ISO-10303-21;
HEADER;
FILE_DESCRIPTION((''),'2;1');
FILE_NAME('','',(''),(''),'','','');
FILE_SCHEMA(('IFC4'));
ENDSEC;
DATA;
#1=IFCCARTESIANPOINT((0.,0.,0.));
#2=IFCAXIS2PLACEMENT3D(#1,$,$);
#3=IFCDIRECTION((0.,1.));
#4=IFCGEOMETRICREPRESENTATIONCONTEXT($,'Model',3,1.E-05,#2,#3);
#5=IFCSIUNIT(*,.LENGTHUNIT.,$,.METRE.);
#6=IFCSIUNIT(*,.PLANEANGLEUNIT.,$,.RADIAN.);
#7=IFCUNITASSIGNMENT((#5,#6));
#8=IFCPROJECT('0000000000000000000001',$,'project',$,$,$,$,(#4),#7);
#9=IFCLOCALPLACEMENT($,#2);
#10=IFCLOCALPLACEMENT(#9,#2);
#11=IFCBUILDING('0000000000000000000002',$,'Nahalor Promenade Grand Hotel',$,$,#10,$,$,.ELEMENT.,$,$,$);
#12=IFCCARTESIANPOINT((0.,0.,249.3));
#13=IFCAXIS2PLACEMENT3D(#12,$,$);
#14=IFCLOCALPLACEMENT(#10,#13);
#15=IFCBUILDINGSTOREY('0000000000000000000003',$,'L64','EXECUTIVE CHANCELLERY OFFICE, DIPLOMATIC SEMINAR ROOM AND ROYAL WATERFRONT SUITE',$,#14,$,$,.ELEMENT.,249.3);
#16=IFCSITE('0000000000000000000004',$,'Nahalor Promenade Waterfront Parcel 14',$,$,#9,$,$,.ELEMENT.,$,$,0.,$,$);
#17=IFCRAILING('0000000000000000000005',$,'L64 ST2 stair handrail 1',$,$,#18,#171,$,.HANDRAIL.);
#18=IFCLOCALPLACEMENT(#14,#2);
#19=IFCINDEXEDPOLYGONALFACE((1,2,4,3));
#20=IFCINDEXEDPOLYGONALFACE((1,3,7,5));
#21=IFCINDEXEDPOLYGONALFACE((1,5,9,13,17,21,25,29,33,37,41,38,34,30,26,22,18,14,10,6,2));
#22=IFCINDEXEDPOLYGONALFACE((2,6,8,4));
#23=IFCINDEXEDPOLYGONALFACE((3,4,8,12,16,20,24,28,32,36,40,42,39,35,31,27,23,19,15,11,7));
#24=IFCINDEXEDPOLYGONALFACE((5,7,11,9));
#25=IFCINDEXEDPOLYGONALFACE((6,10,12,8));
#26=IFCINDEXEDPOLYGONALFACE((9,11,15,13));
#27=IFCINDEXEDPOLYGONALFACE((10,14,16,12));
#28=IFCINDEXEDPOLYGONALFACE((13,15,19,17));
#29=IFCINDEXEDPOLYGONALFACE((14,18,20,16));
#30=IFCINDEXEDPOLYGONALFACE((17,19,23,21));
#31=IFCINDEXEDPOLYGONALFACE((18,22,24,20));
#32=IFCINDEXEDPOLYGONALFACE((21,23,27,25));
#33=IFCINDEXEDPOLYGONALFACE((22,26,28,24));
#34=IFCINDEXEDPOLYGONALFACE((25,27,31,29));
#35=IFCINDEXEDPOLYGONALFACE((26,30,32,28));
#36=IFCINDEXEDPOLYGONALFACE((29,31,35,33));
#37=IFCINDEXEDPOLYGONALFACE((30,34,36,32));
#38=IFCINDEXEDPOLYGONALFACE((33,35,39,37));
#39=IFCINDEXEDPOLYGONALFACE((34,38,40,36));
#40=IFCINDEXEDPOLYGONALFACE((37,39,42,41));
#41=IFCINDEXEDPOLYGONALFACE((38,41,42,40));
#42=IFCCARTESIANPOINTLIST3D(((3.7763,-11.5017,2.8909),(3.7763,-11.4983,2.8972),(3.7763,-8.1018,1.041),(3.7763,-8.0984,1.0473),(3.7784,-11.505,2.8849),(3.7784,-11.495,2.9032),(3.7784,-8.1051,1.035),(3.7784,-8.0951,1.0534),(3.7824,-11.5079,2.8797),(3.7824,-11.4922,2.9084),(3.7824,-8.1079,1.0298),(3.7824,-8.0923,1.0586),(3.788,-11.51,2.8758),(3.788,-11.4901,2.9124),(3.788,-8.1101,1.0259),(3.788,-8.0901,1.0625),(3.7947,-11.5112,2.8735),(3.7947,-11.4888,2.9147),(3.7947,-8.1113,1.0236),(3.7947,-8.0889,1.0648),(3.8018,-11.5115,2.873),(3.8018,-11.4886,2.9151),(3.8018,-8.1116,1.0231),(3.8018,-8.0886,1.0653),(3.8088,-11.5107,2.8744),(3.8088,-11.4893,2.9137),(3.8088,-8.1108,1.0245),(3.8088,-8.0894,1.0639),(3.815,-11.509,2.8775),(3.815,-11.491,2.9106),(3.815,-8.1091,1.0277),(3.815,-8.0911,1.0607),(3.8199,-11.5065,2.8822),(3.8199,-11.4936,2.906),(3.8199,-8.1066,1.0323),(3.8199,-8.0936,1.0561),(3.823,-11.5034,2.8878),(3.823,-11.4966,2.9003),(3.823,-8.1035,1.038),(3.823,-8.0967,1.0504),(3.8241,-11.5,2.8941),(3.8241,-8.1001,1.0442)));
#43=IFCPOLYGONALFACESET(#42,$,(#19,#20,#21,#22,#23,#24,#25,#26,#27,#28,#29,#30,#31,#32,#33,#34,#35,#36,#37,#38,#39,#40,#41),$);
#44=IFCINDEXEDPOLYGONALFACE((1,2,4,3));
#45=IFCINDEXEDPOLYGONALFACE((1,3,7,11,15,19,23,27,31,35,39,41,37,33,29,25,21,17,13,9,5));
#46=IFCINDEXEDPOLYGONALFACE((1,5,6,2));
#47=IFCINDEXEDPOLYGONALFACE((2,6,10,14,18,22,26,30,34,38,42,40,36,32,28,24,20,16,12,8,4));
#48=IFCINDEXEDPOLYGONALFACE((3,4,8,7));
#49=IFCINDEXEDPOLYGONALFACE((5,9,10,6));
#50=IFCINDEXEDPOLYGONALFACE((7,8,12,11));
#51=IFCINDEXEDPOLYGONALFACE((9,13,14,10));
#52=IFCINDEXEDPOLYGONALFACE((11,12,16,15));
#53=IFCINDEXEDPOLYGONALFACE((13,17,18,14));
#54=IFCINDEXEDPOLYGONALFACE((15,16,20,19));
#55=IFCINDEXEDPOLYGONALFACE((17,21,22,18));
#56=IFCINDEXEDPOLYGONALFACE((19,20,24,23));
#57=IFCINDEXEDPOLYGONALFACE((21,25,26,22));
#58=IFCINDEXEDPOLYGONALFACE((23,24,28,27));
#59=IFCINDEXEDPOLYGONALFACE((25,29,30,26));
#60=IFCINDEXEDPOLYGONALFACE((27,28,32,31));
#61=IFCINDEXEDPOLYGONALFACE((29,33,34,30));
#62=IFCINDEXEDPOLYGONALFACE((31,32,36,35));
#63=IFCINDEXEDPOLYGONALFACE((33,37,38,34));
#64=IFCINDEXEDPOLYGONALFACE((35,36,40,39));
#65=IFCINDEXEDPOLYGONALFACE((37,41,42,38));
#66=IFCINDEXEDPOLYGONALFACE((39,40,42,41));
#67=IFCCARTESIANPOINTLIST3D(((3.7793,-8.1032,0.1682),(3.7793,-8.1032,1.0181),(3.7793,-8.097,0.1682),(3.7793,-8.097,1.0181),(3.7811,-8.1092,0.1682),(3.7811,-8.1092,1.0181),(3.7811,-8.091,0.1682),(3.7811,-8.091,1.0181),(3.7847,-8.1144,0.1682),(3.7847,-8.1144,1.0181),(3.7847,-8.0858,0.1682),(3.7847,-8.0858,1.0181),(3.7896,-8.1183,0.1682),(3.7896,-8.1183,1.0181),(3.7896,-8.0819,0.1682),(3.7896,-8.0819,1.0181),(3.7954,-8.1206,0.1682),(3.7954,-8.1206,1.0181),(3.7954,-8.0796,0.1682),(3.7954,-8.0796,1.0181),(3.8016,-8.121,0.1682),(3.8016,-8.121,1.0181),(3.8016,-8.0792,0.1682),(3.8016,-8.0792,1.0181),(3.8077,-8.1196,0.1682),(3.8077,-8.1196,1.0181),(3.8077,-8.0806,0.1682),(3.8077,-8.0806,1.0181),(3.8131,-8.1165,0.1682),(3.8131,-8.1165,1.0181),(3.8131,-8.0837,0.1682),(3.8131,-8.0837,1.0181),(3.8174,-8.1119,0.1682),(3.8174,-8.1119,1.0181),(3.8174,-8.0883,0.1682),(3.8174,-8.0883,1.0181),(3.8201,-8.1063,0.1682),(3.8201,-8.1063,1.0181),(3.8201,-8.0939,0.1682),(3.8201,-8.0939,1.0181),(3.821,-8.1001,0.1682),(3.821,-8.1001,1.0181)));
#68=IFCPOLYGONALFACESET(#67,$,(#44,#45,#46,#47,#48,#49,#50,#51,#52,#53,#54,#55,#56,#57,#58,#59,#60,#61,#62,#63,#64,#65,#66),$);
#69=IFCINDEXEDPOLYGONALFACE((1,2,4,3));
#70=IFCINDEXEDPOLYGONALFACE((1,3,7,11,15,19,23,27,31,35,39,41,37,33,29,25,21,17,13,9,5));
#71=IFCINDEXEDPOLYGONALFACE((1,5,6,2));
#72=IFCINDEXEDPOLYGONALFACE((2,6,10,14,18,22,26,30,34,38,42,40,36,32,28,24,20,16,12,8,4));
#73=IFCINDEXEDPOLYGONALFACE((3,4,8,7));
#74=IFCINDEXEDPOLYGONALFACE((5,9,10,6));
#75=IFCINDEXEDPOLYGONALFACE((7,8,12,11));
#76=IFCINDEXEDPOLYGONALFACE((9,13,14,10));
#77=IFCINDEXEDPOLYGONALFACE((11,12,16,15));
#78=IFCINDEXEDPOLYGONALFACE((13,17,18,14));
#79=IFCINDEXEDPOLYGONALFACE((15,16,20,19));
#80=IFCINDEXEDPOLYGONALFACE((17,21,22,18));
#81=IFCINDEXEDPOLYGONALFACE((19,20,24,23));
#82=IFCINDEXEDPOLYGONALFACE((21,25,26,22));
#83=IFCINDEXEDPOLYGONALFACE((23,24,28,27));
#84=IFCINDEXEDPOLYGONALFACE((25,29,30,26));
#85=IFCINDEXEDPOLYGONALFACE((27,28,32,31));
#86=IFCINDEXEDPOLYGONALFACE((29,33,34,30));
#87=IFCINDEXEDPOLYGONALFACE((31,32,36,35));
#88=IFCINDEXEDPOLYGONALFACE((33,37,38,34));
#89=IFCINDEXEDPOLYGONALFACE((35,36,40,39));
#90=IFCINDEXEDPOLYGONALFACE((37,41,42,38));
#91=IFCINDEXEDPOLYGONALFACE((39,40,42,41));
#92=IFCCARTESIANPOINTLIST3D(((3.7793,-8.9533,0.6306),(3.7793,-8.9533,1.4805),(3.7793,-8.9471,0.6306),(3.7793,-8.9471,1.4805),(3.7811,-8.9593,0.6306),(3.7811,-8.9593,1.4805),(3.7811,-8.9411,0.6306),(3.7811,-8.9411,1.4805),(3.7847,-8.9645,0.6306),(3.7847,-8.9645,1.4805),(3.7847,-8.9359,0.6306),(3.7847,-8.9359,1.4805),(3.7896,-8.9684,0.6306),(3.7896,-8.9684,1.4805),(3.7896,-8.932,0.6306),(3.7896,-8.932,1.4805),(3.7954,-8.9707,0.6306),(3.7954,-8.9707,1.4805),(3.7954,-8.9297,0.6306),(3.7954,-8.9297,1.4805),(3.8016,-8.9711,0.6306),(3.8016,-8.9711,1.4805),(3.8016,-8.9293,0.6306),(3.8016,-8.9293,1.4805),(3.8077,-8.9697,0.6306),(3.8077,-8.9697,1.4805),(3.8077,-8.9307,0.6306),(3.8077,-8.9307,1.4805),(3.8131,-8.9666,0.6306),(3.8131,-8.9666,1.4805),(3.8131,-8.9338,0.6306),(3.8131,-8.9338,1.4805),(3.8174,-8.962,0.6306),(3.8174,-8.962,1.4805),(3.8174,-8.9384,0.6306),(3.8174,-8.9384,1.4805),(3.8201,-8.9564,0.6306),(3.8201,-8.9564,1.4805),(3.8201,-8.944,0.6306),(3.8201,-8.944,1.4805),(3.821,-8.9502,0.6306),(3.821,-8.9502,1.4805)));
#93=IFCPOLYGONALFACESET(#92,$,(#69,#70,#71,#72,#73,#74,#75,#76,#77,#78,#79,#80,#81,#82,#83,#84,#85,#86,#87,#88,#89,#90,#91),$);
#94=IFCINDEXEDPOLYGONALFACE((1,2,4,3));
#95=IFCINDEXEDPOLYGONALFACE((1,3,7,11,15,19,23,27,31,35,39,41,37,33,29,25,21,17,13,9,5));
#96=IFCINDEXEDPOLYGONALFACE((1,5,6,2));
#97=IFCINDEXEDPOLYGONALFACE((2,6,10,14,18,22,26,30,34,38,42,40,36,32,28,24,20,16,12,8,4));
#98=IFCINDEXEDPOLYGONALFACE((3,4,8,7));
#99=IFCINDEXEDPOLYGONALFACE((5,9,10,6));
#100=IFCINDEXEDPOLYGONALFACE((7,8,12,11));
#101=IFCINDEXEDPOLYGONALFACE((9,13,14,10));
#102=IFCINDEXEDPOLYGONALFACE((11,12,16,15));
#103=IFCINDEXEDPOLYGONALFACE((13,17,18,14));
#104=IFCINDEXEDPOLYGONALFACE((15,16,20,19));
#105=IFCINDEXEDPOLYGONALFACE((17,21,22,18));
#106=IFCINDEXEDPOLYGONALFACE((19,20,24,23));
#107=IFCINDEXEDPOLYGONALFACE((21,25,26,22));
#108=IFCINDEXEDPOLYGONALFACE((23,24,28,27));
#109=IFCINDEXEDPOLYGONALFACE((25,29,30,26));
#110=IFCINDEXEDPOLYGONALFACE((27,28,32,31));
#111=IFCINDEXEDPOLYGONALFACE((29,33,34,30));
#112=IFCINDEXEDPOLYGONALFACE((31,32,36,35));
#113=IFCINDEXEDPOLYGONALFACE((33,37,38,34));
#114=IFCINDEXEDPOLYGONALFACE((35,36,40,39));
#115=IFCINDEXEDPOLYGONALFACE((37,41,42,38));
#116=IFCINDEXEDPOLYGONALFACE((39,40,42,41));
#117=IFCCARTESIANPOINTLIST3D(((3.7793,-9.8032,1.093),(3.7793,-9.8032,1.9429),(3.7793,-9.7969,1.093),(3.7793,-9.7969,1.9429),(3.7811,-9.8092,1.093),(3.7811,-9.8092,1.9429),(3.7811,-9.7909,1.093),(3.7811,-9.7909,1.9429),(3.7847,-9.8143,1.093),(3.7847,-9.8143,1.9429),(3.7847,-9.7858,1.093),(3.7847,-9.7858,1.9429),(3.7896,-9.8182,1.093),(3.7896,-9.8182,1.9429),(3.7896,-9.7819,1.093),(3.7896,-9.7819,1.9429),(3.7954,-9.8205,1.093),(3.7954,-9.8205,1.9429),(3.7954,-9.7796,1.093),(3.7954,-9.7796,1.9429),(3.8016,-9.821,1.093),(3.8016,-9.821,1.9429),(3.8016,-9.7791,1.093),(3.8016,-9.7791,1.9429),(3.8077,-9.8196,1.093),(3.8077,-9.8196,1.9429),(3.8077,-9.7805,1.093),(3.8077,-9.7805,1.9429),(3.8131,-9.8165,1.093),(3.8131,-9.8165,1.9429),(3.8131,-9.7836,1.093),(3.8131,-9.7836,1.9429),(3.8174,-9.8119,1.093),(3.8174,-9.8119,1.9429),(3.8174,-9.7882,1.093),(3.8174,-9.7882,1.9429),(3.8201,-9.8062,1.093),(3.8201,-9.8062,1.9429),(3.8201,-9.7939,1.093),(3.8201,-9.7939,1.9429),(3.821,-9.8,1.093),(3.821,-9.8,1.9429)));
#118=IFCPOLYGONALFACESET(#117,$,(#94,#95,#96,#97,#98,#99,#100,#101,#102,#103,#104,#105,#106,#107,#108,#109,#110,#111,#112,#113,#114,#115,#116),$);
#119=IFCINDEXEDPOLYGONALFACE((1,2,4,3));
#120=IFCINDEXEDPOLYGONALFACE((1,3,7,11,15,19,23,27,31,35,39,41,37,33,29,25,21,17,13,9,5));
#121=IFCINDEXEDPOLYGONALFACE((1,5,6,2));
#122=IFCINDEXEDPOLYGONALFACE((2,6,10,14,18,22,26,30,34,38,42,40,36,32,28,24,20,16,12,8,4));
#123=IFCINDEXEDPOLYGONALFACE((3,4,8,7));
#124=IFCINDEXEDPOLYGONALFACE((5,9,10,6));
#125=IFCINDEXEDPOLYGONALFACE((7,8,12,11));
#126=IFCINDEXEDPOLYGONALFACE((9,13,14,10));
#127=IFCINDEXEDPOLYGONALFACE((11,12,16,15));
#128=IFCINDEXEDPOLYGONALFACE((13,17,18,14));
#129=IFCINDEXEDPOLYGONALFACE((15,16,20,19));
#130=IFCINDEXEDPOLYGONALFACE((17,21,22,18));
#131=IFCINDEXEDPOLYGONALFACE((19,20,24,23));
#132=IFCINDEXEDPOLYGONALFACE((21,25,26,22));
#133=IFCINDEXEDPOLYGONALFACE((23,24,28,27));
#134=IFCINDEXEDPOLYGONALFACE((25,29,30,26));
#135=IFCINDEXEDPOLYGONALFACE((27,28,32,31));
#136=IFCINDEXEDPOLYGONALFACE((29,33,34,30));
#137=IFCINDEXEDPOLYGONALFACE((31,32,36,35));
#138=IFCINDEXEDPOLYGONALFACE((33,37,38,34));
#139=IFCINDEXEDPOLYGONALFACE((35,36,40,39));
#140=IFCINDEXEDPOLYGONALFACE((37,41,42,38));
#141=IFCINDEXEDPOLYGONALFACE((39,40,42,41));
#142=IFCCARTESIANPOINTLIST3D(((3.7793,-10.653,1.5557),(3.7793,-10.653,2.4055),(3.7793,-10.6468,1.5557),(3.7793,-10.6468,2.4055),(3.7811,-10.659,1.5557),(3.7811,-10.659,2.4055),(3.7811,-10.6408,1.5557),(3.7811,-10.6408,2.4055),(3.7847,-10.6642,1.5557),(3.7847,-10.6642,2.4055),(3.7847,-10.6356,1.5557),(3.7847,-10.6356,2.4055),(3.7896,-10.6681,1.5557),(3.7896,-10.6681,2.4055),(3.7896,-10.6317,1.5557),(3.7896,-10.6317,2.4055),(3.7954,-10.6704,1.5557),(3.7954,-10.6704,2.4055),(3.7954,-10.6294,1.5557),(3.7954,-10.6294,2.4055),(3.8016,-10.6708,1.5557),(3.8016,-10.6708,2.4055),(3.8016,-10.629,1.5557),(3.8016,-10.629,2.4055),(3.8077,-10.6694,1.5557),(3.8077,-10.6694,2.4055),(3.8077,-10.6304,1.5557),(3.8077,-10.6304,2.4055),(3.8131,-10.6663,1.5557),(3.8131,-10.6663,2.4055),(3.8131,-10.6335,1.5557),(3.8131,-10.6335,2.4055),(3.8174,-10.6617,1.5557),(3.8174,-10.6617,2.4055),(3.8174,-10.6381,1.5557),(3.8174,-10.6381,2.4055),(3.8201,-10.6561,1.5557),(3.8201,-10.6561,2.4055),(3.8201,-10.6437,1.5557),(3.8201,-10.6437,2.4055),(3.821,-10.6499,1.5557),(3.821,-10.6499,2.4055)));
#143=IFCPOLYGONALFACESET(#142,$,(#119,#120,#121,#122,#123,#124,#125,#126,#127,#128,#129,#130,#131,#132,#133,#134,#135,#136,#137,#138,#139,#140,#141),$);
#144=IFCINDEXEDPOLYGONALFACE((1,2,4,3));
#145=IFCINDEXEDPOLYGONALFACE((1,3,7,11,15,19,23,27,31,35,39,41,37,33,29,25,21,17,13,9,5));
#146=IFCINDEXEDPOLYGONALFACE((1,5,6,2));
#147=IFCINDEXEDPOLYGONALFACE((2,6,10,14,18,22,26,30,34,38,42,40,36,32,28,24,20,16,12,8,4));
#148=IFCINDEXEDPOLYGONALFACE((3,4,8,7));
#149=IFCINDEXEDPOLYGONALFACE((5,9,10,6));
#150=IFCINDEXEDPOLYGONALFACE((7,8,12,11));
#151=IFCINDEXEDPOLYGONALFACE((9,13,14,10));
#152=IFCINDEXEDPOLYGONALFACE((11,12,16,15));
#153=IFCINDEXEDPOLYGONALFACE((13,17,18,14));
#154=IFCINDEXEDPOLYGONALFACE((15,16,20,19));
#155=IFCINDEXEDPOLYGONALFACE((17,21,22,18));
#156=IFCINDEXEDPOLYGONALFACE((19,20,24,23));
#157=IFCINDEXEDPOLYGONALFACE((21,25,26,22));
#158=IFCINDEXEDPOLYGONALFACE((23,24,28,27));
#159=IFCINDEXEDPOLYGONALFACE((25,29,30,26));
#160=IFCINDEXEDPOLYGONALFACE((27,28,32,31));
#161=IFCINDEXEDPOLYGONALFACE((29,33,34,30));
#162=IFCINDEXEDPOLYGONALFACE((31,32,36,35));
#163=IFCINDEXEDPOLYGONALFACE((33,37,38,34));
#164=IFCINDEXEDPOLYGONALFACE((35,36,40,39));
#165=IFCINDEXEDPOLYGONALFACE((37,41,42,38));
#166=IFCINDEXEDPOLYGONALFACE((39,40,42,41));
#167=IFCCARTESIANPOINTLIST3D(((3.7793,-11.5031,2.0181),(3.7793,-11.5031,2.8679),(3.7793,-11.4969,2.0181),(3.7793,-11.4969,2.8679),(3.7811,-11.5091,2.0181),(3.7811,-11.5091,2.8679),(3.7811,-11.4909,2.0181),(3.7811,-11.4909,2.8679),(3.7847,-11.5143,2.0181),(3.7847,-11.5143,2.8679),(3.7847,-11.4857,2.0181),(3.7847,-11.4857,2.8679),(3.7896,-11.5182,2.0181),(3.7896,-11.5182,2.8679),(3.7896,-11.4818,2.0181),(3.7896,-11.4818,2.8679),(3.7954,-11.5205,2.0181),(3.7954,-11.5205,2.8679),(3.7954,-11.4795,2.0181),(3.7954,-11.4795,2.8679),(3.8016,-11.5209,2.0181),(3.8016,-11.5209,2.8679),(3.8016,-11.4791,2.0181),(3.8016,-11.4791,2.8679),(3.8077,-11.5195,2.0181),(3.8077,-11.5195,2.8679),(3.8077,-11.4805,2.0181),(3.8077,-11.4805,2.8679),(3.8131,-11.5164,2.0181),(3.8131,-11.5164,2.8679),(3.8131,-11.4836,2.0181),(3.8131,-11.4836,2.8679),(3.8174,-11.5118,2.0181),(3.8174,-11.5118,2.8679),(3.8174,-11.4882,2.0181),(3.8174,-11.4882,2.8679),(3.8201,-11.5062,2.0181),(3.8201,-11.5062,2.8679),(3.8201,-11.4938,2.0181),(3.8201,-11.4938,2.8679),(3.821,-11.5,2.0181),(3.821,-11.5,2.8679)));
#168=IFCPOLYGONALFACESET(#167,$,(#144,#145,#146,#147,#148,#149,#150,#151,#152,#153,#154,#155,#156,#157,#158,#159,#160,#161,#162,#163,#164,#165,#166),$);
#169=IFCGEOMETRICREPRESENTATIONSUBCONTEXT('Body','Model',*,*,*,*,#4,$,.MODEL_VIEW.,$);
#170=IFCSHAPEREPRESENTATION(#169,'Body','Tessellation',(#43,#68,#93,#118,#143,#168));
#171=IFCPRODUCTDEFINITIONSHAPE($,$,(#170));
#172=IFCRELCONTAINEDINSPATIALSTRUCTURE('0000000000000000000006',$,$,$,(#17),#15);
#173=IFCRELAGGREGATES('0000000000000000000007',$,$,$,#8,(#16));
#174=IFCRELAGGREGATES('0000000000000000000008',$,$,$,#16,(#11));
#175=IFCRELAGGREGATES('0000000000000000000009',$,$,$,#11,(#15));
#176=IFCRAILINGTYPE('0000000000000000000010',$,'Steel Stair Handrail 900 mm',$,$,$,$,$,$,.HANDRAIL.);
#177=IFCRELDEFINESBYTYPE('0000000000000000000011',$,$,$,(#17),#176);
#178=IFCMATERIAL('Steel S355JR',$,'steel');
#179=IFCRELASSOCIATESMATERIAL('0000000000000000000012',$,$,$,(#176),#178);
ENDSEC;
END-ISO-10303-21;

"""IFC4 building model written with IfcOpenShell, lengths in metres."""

from ifc_helpers import new_model, si_unit, direction, frame, origin, origin_2d, place, context, subcontext, project, spatial, circle, extrude, material, type_object, element, save


model = new_model("IFC4")

# Units and contexts
model_context = context("Model", 3, precision=1e-05, world=origin(), true_north=direction((0.0, 1.0)))
body_context = subcontext(model_context, "Body", "Model", "MODEL_VIEW")
ifc_project = project(units=[si_unit("LENGTHUNIT", "METRE"), si_unit("PLANEANGLEUNIT", "RADIAN")], contexts=[model_context])

# Site, building, storey
site_placement = place(None, origin())
site = spatial("IfcSite", under=ifc_project, at=site_placement, Name="Nahalor Promenade Waterfront Parcel 14", CompositionType="ELEMENT", RefElevation=0.0)
building_placement = place(site_placement, origin())
building = spatial("IfcBuilding", under=site, at=building_placement, Name="Nahalor Promenade Grand Hotel", CompositionType="ELEMENT")
storey_placement = place(building_placement, frame((0.0, 0.0, 249.3)))
storey = spatial("IfcBuildingStorey", under=building, at=storey_placement, Name="L64", Description="EXECUTIVE CHANCELLERY OFFICE, DIPLOMATIC SEMINAR ROOM AND ROYAL WATERFRONT SUITE", CompositionType="ELEMENT", Elevation=249.3)

# Shared definitions
ifc_material_1 = material(Name="Steel S355JR", Category="steel")

# Railing
railing_type_1 = type_object("IfcRailingType", Name="Steel Stair Handrail 900 mm", PredefinedType="HANDRAIL", material=ifc_material_1)
for number, where, name in (
    (1, (3.8, -8.1001, 0.1682), "L64 ST2 stair handrail 1"),
):
    element("IfcRailing", number, at=place(storey_placement, frame(where)), inside=storey, type_object=railing_type_1, Name=name, PredefinedType="HANDRAIL", context=body_context, shape_type="SweptSolid", body=[
        extrude(circle(Radius=0.024, at=origin_2d()), frame((0.0, 0.0, 0.876), z_axis=(0.0, -0.878399, 0.477928), x_axis=(1.0, 0.0, 0.0)), (0.0, 0.0, 1.0), 3.8706),
        extrude(circle(Radius=0.021, at=origin_2d()), origin(), (0.0, 0.0, 1.0), 0.8499),
        extrude(circle(Radius=0.021, at=origin_2d()), frame((0.0, -0.8501, 0.4624)), (0.0, 0.0, 1.0), 0.8499),
        extrude(circle(Radius=0.021, at=origin_2d()), frame((0.0, -1.7, 0.9248)), (0.0, 0.0, 1.0), 0.8499),
        extrude(circle(Radius=0.021, at=origin_2d()), frame((0.0, -2.5498, 1.3875)), (0.0, 0.0, 1.0), 0.8499),
        extrude(circle(Radius=0.021, at=origin_2d()), frame((0.0, -3.3999, 1.8499)), (0.0, 0.0, 1.0), 0.8499),
    ])

save(model, "model.ifc")
